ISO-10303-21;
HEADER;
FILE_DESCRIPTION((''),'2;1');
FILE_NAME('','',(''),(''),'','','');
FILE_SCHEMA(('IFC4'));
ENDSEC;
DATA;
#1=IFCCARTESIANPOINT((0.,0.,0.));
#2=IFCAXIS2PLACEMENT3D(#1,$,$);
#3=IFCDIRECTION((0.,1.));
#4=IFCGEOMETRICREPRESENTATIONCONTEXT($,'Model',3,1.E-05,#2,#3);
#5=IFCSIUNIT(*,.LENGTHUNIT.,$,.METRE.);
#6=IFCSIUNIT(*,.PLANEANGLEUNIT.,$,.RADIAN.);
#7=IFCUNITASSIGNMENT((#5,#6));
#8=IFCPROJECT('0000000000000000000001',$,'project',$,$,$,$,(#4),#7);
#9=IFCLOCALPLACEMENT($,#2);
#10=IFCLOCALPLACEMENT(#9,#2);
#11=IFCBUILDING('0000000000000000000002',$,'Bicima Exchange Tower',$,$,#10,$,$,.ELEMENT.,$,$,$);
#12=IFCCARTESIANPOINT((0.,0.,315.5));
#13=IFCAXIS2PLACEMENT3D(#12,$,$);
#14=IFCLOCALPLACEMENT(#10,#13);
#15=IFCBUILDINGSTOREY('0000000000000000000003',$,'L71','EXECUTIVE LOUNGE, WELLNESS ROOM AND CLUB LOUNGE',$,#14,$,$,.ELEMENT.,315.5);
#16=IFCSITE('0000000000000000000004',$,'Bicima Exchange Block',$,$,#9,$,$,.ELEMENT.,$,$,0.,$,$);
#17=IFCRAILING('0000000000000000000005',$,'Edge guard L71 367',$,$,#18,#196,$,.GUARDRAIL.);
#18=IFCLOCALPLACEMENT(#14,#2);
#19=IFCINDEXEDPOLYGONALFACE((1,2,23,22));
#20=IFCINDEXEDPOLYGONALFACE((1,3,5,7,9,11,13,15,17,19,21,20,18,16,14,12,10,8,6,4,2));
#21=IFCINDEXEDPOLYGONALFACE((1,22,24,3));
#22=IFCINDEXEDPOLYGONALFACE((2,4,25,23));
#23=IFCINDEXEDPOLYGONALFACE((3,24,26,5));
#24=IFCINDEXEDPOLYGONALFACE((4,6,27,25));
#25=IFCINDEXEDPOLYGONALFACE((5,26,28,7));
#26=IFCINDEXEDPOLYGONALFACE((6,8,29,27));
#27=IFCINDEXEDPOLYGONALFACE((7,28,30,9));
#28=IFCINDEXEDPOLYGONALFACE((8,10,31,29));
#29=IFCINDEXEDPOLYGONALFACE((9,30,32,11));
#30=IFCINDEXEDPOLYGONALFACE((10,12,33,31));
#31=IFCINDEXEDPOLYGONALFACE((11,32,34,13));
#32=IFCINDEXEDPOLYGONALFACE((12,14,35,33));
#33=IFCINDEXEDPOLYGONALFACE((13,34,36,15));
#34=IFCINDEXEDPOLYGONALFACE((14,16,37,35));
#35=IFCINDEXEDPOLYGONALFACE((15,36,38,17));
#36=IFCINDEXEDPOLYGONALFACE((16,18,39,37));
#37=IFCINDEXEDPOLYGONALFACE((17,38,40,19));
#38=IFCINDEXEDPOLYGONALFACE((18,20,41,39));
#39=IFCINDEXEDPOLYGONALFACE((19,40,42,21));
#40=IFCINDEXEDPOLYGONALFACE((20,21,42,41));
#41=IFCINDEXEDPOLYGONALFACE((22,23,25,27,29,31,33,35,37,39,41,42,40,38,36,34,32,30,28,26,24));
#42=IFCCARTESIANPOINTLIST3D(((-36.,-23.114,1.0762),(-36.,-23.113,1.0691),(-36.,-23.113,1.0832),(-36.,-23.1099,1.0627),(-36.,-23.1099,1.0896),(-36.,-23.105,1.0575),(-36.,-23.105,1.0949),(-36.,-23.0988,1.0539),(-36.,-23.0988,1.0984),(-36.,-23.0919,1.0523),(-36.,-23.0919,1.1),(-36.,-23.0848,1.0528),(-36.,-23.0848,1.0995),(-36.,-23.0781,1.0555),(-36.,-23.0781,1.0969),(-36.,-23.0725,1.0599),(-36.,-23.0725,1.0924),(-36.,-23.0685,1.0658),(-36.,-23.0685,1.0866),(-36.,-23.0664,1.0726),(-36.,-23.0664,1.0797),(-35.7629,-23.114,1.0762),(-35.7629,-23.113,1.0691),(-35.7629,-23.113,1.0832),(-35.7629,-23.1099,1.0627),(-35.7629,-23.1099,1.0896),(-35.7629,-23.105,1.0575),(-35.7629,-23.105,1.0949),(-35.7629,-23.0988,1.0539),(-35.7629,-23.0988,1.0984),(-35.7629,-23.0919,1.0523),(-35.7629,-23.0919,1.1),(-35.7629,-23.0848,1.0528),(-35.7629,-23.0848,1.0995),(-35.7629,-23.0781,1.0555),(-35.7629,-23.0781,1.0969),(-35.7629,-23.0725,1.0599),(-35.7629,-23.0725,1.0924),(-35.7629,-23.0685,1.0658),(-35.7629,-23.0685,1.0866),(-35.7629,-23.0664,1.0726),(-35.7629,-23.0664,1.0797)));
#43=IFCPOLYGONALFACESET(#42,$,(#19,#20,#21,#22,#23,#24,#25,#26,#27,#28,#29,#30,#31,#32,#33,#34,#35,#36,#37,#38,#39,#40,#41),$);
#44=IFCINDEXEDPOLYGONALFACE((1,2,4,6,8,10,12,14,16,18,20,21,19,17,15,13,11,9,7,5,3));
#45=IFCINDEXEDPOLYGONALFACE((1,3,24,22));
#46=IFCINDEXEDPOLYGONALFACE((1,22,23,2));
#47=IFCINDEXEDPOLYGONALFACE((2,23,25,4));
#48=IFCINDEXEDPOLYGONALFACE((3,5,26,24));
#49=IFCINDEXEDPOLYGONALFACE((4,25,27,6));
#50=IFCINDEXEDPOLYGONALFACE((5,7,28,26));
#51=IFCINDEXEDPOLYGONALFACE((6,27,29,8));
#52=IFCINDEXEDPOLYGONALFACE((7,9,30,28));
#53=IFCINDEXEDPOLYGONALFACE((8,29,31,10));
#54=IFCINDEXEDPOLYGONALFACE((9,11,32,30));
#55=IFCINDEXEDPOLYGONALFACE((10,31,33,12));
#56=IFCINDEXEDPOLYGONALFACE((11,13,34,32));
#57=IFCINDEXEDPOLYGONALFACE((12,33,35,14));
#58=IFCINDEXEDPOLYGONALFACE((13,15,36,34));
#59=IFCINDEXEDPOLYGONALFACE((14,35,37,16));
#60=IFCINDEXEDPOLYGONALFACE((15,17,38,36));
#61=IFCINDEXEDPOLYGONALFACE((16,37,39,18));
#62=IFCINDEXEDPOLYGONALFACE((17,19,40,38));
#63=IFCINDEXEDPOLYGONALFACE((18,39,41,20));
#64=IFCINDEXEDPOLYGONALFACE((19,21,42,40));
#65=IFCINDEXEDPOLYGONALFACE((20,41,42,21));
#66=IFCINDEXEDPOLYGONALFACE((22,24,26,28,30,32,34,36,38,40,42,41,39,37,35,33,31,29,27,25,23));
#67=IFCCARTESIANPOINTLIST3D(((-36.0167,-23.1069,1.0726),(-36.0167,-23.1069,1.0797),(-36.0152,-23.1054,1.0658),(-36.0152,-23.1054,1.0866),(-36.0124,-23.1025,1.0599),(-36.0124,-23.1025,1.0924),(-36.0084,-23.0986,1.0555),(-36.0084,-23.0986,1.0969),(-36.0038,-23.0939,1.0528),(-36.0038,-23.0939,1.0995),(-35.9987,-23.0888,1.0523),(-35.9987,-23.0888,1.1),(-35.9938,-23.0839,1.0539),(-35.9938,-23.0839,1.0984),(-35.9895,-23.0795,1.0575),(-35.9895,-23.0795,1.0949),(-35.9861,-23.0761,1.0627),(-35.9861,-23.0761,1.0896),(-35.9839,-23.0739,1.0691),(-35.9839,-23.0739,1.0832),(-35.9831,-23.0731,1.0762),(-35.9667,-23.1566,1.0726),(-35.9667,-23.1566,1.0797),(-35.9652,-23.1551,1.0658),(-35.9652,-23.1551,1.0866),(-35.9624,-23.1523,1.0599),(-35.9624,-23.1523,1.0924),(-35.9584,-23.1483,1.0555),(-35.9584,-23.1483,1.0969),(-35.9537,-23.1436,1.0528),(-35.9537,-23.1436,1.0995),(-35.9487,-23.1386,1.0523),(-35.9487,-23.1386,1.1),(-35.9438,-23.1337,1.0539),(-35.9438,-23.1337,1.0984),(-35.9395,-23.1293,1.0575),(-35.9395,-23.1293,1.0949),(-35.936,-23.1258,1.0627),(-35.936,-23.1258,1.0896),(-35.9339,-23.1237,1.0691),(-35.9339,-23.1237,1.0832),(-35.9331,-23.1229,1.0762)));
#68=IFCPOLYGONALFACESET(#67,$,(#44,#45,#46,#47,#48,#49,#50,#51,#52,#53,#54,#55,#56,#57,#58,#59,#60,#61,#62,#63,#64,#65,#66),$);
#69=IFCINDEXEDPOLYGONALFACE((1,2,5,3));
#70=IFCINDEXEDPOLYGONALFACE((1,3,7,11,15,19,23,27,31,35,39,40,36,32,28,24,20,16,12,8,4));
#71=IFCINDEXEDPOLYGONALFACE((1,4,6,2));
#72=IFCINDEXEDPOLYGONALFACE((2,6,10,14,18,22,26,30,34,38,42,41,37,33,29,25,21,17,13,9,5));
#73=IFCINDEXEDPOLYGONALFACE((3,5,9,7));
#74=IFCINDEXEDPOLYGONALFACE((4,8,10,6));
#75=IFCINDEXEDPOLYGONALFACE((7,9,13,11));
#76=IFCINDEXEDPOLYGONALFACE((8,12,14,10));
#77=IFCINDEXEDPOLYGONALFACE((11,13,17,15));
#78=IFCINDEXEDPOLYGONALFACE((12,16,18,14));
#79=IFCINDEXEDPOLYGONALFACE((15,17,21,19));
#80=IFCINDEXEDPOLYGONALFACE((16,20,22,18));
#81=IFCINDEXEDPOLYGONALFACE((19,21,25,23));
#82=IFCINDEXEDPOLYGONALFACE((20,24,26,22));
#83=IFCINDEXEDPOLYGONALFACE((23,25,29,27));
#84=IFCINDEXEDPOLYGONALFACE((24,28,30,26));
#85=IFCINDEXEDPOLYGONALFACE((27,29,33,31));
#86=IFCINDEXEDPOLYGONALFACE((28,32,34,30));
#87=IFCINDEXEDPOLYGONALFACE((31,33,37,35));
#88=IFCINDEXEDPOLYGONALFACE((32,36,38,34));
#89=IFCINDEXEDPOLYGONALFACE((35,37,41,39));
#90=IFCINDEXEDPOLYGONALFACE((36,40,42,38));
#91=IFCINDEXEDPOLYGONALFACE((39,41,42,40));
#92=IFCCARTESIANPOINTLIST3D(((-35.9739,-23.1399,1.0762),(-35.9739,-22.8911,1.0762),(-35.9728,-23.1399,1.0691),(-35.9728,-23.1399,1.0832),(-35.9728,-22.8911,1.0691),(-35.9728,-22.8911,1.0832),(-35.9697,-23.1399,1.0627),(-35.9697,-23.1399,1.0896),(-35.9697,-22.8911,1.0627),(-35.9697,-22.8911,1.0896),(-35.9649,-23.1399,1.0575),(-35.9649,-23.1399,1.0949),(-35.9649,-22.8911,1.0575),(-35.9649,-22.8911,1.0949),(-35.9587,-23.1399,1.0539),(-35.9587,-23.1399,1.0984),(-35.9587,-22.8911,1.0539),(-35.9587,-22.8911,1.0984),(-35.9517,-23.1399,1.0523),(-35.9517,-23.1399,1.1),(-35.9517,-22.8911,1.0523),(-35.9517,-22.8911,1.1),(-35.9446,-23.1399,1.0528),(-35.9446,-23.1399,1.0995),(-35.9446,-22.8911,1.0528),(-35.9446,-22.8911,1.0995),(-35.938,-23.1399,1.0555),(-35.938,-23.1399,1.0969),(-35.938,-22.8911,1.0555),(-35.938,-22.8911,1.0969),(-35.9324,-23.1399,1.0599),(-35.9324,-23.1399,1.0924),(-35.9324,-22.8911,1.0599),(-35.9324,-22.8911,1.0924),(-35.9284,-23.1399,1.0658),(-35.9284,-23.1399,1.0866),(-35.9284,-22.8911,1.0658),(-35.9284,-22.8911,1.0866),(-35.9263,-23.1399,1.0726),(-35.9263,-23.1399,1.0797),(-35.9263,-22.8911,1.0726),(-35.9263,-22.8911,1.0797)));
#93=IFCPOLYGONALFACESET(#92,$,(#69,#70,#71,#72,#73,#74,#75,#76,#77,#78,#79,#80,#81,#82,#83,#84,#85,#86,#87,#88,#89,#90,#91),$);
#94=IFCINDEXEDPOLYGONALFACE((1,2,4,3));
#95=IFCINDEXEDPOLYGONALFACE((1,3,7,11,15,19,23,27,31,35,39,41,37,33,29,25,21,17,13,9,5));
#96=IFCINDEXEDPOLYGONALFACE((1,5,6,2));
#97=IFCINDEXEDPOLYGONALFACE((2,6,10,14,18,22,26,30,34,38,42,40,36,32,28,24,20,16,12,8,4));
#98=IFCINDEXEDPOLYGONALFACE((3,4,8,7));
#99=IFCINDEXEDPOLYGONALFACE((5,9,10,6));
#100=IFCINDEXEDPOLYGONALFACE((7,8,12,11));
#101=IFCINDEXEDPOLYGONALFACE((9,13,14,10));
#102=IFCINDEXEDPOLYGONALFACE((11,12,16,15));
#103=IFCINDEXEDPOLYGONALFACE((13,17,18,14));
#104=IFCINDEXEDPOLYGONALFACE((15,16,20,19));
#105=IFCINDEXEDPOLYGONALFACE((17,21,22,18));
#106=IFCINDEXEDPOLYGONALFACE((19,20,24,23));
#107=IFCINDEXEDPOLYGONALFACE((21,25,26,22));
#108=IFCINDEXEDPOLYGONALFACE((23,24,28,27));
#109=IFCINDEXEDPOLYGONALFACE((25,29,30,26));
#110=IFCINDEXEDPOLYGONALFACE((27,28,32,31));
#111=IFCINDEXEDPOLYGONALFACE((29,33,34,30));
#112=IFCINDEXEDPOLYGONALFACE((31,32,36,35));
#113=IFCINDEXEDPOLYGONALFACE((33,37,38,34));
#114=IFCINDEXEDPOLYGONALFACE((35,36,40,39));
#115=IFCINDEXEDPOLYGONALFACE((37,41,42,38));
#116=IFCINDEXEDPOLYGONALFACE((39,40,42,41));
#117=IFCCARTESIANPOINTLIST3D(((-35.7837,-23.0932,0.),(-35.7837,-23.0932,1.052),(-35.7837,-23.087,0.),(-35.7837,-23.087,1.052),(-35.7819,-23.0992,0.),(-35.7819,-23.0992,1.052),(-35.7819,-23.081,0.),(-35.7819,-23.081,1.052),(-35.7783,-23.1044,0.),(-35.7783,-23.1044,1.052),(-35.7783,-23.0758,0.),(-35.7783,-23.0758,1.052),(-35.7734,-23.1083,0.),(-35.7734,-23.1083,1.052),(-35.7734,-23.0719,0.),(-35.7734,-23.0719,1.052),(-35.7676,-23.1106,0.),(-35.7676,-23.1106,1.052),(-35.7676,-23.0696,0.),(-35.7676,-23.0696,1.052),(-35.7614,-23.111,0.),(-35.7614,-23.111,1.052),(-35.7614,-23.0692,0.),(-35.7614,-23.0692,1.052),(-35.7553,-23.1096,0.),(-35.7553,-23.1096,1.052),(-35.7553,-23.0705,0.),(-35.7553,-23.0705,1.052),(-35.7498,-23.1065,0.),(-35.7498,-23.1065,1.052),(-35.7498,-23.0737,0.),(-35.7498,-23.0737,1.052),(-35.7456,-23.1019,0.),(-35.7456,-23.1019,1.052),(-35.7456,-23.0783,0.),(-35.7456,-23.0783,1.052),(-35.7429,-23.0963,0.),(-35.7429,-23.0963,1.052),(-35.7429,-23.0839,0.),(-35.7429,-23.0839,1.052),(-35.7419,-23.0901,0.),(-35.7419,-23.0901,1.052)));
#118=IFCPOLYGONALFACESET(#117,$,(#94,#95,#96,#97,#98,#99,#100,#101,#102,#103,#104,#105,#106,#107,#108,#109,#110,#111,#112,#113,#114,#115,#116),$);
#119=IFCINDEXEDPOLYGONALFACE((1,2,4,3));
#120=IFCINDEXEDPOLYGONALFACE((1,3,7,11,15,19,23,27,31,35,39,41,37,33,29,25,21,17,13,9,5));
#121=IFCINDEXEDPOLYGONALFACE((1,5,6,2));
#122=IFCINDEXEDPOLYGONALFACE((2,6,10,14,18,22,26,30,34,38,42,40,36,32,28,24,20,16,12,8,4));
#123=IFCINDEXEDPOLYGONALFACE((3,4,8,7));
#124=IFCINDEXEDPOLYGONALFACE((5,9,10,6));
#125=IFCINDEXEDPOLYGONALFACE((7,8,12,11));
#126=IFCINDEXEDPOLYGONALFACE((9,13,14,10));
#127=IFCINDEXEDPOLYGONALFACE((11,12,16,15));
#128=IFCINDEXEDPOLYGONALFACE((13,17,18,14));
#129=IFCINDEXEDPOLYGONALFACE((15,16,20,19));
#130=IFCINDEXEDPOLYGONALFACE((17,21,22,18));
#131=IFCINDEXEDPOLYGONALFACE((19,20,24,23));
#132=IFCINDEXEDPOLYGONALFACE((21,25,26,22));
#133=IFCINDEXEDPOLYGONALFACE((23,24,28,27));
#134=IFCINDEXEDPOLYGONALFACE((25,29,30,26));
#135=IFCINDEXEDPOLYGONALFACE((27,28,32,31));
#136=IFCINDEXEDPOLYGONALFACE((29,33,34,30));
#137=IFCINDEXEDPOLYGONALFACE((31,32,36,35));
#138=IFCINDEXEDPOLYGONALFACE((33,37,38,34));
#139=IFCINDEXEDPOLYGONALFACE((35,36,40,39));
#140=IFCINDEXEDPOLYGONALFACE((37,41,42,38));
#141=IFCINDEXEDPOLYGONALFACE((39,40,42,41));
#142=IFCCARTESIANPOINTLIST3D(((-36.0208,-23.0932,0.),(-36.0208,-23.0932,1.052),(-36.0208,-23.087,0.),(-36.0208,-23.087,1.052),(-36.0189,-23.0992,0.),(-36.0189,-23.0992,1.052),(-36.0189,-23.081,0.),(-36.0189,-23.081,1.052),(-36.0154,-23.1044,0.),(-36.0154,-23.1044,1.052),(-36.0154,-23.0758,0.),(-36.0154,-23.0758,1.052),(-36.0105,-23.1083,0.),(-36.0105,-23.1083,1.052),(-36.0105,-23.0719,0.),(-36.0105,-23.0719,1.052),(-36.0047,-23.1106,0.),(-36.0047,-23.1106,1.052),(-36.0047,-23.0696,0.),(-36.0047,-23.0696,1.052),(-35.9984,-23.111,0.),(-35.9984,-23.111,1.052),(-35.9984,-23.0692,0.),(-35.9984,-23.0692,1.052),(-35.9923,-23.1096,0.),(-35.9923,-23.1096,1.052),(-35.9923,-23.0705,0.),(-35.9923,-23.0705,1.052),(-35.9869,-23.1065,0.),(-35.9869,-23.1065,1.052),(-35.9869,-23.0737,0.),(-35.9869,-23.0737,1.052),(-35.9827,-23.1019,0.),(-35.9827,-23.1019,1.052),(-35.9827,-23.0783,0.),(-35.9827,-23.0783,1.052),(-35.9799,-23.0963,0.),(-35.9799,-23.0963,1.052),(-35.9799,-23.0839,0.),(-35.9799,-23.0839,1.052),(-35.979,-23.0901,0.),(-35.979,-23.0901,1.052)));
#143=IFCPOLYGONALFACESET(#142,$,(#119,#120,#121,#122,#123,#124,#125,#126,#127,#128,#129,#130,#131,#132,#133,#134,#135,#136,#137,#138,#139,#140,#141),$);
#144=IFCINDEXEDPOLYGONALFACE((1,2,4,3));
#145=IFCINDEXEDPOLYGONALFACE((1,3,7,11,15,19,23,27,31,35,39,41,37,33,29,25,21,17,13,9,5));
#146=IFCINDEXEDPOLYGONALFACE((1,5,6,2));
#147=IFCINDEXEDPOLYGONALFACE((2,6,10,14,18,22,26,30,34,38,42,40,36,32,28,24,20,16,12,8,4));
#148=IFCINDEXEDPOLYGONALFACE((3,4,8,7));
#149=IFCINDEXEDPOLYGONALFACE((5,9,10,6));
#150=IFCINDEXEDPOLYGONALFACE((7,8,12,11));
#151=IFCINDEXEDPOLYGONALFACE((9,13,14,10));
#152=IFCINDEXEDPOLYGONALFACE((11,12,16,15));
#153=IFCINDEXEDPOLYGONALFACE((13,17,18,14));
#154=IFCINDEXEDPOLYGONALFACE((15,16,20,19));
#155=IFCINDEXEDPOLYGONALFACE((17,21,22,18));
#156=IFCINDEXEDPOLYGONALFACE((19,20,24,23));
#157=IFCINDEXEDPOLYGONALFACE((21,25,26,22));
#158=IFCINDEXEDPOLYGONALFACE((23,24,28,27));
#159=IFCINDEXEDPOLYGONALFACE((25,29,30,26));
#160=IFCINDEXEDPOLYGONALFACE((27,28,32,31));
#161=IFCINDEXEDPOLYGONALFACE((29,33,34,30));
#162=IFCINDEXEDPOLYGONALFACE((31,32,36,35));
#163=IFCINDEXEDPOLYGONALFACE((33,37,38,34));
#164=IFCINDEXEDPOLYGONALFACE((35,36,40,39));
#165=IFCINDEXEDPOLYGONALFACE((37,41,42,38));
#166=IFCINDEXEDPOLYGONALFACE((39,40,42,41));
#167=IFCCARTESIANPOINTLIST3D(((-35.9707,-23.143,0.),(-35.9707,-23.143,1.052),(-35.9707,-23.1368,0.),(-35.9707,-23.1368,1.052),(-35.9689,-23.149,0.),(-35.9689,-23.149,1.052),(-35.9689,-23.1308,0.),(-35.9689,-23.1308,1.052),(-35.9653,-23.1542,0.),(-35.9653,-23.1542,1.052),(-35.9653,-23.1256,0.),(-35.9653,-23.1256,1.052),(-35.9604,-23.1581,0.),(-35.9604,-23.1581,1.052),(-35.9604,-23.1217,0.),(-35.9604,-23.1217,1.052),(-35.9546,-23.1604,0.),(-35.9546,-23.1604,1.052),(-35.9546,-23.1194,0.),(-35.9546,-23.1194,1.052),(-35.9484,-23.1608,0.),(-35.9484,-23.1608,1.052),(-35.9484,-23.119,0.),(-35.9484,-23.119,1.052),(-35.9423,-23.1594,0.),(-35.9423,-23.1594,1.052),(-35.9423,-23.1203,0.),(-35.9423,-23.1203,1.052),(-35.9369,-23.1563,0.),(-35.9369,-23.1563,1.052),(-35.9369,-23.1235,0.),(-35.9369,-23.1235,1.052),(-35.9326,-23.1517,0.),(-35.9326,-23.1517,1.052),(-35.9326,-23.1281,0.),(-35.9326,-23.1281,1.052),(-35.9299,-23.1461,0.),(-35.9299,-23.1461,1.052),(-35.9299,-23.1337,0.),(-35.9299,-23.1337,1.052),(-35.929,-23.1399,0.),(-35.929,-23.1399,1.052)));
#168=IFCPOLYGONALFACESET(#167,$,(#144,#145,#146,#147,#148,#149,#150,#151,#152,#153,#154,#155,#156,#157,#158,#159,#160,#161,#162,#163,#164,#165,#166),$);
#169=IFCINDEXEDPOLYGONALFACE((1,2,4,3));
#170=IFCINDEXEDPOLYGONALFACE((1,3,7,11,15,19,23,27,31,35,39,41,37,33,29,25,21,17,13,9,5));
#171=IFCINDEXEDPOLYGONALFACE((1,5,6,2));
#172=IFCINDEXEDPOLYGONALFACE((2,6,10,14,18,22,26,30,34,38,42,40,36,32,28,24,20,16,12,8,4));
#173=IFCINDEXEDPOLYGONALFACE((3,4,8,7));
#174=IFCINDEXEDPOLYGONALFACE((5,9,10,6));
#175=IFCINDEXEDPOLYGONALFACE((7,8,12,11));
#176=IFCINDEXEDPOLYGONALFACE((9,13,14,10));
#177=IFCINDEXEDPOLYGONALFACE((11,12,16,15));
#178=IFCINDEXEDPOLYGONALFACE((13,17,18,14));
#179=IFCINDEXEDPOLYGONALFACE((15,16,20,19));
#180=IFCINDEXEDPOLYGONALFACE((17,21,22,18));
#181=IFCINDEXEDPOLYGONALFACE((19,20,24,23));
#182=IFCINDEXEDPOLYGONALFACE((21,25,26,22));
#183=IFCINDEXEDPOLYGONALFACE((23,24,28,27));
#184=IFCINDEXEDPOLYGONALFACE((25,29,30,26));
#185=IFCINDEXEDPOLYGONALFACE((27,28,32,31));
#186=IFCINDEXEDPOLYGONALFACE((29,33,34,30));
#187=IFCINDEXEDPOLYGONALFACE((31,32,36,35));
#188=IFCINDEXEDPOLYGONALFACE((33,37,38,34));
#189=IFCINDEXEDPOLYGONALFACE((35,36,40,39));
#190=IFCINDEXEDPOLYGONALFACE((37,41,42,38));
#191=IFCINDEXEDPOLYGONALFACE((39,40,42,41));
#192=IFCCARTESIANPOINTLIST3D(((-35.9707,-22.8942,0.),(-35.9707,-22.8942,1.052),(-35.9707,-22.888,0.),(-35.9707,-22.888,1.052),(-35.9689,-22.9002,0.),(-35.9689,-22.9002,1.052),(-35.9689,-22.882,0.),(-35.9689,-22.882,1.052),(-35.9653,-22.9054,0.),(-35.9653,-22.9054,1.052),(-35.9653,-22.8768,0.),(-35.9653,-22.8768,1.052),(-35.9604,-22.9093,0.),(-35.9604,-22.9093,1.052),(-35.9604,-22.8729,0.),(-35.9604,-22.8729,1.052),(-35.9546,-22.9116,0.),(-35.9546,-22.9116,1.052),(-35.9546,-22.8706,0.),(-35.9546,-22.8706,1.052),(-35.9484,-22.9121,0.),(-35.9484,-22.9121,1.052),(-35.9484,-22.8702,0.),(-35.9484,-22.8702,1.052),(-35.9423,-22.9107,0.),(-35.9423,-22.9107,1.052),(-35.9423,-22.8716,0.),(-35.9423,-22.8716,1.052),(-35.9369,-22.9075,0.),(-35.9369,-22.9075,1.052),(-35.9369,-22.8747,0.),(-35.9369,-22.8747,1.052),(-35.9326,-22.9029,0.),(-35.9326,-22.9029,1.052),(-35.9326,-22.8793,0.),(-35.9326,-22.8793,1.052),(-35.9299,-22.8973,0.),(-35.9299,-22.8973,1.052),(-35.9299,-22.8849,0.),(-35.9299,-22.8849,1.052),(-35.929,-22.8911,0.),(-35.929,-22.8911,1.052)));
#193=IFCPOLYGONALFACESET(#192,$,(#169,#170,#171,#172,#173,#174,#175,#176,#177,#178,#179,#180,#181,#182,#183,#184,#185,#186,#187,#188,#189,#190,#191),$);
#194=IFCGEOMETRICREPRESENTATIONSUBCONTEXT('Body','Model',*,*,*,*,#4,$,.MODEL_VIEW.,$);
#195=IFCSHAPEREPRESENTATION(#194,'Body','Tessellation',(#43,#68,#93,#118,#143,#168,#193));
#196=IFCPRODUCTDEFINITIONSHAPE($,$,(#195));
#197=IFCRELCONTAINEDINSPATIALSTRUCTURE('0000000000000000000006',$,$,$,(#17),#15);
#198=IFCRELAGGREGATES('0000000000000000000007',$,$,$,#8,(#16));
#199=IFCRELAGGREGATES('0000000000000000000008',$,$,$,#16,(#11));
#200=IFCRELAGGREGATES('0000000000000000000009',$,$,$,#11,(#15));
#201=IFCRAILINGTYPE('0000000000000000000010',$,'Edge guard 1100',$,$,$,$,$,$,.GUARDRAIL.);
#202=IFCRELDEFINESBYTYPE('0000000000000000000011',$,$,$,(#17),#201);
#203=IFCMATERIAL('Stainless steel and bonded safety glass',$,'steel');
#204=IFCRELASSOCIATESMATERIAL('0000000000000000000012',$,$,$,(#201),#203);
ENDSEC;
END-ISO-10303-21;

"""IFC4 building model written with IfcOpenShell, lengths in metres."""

from ifc_helpers import new_model, si_unit, direction, frame, origin, origin_2d, place, context, subcontext, project, spatial, circle, extrude, material, type_object, element, save


model = new_model("IFC4")

# Units and contexts
model_context = context("Model", 3, precision=1e-05, world=origin(), true_north=direction((0.0, 1.0)))
body_context = subcontext(model_context, "Body", "Model", "MODEL_VIEW")
ifc_project = project(units=[si_unit("LENGTHUNIT", "METRE"), si_unit("PLANEANGLEUNIT", "RADIAN")], contexts=[model_context])

# Site, building, storey
site_placement = place(None, origin())
site = spatial("IfcSite", under=ifc_project, at=site_placement, Name="Bicima Exchange Block", CompositionType="ELEMENT", RefElevation=0.0)
building_placement = place(site_placement, origin())
building = spatial("IfcBuilding", under=site, at=building_placement, Name="Bicima Exchange Tower", CompositionType="ELEMENT")
storey_placement = place(building_placement, frame((0.0, 0.0, 315.5)))
storey = spatial("IfcBuildingStorey", under=building, at=storey_placement, Name="L71", Description="EXECUTIVE LOUNGE, WELLNESS ROOM AND CLUB LOUNGE", CompositionType="ELEMENT", Elevation=315.5)

# Railing
ifc_material_1 = material(Name="Stainless steel and bonded safety glass", Category="steel")
railing_type = type_object("IfcRailingType", Name="Edge guard 1100", PredefinedType="GUARDRAIL", material=ifc_material_1)
railing_1_placement = place(storey_placement, frame((-35.7629, -23.0901, 0.0)))
element("IfcRailing", 1, at=railing_1_placement, inside=storey, type_object=railing_type, Name="Edge guard L71 367", PredefinedType="GUARDRAIL", context=body_context, shape_type="SweptSolid", body=[
    extrude(circle(Radius=0.0239, at=origin_2d()), frame((0.0, 0.0, 1.0762), z_axis=(-1.0, 0.0, 0.0), x_axis=(0.0, -1.0, 0.0)), (0.0, 0.0, 1.0), 0.2371),
    extrude(circle(Radius=0.0239, at=origin_2d()), frame((-0.2371, 0.0, 1.0762), z_axis=(0.708834, -0.705376, 0.0), x_axis=(0.705376, 0.708834, 0.0)), (0.0, 0.0, 1.0), 0.0706),
    extrude(circle(Radius=0.0239, at=origin_2d()), frame((-0.187, -0.0498, 1.0762), z_axis=(0.0, 1.0, 0.0), x_axis=(-1.0, 0.0, 0.0)), (0.0, 0.0, 1.0), 0.2488),
    extrude(circle(Radius=0.021, at=origin_2d()), origin(), (0.0, 0.0, 1.0), 1.052),
    extrude(circle(Radius=0.021, at=origin_2d()), frame((-0.2371, 0.0, 0.0)), (0.0, 0.0, 1.0), 1.052),
    extrude(circle(Radius=0.021, at=origin_2d()), frame((-0.187, -0.0498, 0.0)), (0.0, 0.0, 1.0), 1.052),
    extrude(circle(Radius=0.021, at=origin_2d()), frame((-0.187, 0.199, 0.0)), (0.0, 0.0, 1.0), 1.052),
])

save(model, "model.ifc")
